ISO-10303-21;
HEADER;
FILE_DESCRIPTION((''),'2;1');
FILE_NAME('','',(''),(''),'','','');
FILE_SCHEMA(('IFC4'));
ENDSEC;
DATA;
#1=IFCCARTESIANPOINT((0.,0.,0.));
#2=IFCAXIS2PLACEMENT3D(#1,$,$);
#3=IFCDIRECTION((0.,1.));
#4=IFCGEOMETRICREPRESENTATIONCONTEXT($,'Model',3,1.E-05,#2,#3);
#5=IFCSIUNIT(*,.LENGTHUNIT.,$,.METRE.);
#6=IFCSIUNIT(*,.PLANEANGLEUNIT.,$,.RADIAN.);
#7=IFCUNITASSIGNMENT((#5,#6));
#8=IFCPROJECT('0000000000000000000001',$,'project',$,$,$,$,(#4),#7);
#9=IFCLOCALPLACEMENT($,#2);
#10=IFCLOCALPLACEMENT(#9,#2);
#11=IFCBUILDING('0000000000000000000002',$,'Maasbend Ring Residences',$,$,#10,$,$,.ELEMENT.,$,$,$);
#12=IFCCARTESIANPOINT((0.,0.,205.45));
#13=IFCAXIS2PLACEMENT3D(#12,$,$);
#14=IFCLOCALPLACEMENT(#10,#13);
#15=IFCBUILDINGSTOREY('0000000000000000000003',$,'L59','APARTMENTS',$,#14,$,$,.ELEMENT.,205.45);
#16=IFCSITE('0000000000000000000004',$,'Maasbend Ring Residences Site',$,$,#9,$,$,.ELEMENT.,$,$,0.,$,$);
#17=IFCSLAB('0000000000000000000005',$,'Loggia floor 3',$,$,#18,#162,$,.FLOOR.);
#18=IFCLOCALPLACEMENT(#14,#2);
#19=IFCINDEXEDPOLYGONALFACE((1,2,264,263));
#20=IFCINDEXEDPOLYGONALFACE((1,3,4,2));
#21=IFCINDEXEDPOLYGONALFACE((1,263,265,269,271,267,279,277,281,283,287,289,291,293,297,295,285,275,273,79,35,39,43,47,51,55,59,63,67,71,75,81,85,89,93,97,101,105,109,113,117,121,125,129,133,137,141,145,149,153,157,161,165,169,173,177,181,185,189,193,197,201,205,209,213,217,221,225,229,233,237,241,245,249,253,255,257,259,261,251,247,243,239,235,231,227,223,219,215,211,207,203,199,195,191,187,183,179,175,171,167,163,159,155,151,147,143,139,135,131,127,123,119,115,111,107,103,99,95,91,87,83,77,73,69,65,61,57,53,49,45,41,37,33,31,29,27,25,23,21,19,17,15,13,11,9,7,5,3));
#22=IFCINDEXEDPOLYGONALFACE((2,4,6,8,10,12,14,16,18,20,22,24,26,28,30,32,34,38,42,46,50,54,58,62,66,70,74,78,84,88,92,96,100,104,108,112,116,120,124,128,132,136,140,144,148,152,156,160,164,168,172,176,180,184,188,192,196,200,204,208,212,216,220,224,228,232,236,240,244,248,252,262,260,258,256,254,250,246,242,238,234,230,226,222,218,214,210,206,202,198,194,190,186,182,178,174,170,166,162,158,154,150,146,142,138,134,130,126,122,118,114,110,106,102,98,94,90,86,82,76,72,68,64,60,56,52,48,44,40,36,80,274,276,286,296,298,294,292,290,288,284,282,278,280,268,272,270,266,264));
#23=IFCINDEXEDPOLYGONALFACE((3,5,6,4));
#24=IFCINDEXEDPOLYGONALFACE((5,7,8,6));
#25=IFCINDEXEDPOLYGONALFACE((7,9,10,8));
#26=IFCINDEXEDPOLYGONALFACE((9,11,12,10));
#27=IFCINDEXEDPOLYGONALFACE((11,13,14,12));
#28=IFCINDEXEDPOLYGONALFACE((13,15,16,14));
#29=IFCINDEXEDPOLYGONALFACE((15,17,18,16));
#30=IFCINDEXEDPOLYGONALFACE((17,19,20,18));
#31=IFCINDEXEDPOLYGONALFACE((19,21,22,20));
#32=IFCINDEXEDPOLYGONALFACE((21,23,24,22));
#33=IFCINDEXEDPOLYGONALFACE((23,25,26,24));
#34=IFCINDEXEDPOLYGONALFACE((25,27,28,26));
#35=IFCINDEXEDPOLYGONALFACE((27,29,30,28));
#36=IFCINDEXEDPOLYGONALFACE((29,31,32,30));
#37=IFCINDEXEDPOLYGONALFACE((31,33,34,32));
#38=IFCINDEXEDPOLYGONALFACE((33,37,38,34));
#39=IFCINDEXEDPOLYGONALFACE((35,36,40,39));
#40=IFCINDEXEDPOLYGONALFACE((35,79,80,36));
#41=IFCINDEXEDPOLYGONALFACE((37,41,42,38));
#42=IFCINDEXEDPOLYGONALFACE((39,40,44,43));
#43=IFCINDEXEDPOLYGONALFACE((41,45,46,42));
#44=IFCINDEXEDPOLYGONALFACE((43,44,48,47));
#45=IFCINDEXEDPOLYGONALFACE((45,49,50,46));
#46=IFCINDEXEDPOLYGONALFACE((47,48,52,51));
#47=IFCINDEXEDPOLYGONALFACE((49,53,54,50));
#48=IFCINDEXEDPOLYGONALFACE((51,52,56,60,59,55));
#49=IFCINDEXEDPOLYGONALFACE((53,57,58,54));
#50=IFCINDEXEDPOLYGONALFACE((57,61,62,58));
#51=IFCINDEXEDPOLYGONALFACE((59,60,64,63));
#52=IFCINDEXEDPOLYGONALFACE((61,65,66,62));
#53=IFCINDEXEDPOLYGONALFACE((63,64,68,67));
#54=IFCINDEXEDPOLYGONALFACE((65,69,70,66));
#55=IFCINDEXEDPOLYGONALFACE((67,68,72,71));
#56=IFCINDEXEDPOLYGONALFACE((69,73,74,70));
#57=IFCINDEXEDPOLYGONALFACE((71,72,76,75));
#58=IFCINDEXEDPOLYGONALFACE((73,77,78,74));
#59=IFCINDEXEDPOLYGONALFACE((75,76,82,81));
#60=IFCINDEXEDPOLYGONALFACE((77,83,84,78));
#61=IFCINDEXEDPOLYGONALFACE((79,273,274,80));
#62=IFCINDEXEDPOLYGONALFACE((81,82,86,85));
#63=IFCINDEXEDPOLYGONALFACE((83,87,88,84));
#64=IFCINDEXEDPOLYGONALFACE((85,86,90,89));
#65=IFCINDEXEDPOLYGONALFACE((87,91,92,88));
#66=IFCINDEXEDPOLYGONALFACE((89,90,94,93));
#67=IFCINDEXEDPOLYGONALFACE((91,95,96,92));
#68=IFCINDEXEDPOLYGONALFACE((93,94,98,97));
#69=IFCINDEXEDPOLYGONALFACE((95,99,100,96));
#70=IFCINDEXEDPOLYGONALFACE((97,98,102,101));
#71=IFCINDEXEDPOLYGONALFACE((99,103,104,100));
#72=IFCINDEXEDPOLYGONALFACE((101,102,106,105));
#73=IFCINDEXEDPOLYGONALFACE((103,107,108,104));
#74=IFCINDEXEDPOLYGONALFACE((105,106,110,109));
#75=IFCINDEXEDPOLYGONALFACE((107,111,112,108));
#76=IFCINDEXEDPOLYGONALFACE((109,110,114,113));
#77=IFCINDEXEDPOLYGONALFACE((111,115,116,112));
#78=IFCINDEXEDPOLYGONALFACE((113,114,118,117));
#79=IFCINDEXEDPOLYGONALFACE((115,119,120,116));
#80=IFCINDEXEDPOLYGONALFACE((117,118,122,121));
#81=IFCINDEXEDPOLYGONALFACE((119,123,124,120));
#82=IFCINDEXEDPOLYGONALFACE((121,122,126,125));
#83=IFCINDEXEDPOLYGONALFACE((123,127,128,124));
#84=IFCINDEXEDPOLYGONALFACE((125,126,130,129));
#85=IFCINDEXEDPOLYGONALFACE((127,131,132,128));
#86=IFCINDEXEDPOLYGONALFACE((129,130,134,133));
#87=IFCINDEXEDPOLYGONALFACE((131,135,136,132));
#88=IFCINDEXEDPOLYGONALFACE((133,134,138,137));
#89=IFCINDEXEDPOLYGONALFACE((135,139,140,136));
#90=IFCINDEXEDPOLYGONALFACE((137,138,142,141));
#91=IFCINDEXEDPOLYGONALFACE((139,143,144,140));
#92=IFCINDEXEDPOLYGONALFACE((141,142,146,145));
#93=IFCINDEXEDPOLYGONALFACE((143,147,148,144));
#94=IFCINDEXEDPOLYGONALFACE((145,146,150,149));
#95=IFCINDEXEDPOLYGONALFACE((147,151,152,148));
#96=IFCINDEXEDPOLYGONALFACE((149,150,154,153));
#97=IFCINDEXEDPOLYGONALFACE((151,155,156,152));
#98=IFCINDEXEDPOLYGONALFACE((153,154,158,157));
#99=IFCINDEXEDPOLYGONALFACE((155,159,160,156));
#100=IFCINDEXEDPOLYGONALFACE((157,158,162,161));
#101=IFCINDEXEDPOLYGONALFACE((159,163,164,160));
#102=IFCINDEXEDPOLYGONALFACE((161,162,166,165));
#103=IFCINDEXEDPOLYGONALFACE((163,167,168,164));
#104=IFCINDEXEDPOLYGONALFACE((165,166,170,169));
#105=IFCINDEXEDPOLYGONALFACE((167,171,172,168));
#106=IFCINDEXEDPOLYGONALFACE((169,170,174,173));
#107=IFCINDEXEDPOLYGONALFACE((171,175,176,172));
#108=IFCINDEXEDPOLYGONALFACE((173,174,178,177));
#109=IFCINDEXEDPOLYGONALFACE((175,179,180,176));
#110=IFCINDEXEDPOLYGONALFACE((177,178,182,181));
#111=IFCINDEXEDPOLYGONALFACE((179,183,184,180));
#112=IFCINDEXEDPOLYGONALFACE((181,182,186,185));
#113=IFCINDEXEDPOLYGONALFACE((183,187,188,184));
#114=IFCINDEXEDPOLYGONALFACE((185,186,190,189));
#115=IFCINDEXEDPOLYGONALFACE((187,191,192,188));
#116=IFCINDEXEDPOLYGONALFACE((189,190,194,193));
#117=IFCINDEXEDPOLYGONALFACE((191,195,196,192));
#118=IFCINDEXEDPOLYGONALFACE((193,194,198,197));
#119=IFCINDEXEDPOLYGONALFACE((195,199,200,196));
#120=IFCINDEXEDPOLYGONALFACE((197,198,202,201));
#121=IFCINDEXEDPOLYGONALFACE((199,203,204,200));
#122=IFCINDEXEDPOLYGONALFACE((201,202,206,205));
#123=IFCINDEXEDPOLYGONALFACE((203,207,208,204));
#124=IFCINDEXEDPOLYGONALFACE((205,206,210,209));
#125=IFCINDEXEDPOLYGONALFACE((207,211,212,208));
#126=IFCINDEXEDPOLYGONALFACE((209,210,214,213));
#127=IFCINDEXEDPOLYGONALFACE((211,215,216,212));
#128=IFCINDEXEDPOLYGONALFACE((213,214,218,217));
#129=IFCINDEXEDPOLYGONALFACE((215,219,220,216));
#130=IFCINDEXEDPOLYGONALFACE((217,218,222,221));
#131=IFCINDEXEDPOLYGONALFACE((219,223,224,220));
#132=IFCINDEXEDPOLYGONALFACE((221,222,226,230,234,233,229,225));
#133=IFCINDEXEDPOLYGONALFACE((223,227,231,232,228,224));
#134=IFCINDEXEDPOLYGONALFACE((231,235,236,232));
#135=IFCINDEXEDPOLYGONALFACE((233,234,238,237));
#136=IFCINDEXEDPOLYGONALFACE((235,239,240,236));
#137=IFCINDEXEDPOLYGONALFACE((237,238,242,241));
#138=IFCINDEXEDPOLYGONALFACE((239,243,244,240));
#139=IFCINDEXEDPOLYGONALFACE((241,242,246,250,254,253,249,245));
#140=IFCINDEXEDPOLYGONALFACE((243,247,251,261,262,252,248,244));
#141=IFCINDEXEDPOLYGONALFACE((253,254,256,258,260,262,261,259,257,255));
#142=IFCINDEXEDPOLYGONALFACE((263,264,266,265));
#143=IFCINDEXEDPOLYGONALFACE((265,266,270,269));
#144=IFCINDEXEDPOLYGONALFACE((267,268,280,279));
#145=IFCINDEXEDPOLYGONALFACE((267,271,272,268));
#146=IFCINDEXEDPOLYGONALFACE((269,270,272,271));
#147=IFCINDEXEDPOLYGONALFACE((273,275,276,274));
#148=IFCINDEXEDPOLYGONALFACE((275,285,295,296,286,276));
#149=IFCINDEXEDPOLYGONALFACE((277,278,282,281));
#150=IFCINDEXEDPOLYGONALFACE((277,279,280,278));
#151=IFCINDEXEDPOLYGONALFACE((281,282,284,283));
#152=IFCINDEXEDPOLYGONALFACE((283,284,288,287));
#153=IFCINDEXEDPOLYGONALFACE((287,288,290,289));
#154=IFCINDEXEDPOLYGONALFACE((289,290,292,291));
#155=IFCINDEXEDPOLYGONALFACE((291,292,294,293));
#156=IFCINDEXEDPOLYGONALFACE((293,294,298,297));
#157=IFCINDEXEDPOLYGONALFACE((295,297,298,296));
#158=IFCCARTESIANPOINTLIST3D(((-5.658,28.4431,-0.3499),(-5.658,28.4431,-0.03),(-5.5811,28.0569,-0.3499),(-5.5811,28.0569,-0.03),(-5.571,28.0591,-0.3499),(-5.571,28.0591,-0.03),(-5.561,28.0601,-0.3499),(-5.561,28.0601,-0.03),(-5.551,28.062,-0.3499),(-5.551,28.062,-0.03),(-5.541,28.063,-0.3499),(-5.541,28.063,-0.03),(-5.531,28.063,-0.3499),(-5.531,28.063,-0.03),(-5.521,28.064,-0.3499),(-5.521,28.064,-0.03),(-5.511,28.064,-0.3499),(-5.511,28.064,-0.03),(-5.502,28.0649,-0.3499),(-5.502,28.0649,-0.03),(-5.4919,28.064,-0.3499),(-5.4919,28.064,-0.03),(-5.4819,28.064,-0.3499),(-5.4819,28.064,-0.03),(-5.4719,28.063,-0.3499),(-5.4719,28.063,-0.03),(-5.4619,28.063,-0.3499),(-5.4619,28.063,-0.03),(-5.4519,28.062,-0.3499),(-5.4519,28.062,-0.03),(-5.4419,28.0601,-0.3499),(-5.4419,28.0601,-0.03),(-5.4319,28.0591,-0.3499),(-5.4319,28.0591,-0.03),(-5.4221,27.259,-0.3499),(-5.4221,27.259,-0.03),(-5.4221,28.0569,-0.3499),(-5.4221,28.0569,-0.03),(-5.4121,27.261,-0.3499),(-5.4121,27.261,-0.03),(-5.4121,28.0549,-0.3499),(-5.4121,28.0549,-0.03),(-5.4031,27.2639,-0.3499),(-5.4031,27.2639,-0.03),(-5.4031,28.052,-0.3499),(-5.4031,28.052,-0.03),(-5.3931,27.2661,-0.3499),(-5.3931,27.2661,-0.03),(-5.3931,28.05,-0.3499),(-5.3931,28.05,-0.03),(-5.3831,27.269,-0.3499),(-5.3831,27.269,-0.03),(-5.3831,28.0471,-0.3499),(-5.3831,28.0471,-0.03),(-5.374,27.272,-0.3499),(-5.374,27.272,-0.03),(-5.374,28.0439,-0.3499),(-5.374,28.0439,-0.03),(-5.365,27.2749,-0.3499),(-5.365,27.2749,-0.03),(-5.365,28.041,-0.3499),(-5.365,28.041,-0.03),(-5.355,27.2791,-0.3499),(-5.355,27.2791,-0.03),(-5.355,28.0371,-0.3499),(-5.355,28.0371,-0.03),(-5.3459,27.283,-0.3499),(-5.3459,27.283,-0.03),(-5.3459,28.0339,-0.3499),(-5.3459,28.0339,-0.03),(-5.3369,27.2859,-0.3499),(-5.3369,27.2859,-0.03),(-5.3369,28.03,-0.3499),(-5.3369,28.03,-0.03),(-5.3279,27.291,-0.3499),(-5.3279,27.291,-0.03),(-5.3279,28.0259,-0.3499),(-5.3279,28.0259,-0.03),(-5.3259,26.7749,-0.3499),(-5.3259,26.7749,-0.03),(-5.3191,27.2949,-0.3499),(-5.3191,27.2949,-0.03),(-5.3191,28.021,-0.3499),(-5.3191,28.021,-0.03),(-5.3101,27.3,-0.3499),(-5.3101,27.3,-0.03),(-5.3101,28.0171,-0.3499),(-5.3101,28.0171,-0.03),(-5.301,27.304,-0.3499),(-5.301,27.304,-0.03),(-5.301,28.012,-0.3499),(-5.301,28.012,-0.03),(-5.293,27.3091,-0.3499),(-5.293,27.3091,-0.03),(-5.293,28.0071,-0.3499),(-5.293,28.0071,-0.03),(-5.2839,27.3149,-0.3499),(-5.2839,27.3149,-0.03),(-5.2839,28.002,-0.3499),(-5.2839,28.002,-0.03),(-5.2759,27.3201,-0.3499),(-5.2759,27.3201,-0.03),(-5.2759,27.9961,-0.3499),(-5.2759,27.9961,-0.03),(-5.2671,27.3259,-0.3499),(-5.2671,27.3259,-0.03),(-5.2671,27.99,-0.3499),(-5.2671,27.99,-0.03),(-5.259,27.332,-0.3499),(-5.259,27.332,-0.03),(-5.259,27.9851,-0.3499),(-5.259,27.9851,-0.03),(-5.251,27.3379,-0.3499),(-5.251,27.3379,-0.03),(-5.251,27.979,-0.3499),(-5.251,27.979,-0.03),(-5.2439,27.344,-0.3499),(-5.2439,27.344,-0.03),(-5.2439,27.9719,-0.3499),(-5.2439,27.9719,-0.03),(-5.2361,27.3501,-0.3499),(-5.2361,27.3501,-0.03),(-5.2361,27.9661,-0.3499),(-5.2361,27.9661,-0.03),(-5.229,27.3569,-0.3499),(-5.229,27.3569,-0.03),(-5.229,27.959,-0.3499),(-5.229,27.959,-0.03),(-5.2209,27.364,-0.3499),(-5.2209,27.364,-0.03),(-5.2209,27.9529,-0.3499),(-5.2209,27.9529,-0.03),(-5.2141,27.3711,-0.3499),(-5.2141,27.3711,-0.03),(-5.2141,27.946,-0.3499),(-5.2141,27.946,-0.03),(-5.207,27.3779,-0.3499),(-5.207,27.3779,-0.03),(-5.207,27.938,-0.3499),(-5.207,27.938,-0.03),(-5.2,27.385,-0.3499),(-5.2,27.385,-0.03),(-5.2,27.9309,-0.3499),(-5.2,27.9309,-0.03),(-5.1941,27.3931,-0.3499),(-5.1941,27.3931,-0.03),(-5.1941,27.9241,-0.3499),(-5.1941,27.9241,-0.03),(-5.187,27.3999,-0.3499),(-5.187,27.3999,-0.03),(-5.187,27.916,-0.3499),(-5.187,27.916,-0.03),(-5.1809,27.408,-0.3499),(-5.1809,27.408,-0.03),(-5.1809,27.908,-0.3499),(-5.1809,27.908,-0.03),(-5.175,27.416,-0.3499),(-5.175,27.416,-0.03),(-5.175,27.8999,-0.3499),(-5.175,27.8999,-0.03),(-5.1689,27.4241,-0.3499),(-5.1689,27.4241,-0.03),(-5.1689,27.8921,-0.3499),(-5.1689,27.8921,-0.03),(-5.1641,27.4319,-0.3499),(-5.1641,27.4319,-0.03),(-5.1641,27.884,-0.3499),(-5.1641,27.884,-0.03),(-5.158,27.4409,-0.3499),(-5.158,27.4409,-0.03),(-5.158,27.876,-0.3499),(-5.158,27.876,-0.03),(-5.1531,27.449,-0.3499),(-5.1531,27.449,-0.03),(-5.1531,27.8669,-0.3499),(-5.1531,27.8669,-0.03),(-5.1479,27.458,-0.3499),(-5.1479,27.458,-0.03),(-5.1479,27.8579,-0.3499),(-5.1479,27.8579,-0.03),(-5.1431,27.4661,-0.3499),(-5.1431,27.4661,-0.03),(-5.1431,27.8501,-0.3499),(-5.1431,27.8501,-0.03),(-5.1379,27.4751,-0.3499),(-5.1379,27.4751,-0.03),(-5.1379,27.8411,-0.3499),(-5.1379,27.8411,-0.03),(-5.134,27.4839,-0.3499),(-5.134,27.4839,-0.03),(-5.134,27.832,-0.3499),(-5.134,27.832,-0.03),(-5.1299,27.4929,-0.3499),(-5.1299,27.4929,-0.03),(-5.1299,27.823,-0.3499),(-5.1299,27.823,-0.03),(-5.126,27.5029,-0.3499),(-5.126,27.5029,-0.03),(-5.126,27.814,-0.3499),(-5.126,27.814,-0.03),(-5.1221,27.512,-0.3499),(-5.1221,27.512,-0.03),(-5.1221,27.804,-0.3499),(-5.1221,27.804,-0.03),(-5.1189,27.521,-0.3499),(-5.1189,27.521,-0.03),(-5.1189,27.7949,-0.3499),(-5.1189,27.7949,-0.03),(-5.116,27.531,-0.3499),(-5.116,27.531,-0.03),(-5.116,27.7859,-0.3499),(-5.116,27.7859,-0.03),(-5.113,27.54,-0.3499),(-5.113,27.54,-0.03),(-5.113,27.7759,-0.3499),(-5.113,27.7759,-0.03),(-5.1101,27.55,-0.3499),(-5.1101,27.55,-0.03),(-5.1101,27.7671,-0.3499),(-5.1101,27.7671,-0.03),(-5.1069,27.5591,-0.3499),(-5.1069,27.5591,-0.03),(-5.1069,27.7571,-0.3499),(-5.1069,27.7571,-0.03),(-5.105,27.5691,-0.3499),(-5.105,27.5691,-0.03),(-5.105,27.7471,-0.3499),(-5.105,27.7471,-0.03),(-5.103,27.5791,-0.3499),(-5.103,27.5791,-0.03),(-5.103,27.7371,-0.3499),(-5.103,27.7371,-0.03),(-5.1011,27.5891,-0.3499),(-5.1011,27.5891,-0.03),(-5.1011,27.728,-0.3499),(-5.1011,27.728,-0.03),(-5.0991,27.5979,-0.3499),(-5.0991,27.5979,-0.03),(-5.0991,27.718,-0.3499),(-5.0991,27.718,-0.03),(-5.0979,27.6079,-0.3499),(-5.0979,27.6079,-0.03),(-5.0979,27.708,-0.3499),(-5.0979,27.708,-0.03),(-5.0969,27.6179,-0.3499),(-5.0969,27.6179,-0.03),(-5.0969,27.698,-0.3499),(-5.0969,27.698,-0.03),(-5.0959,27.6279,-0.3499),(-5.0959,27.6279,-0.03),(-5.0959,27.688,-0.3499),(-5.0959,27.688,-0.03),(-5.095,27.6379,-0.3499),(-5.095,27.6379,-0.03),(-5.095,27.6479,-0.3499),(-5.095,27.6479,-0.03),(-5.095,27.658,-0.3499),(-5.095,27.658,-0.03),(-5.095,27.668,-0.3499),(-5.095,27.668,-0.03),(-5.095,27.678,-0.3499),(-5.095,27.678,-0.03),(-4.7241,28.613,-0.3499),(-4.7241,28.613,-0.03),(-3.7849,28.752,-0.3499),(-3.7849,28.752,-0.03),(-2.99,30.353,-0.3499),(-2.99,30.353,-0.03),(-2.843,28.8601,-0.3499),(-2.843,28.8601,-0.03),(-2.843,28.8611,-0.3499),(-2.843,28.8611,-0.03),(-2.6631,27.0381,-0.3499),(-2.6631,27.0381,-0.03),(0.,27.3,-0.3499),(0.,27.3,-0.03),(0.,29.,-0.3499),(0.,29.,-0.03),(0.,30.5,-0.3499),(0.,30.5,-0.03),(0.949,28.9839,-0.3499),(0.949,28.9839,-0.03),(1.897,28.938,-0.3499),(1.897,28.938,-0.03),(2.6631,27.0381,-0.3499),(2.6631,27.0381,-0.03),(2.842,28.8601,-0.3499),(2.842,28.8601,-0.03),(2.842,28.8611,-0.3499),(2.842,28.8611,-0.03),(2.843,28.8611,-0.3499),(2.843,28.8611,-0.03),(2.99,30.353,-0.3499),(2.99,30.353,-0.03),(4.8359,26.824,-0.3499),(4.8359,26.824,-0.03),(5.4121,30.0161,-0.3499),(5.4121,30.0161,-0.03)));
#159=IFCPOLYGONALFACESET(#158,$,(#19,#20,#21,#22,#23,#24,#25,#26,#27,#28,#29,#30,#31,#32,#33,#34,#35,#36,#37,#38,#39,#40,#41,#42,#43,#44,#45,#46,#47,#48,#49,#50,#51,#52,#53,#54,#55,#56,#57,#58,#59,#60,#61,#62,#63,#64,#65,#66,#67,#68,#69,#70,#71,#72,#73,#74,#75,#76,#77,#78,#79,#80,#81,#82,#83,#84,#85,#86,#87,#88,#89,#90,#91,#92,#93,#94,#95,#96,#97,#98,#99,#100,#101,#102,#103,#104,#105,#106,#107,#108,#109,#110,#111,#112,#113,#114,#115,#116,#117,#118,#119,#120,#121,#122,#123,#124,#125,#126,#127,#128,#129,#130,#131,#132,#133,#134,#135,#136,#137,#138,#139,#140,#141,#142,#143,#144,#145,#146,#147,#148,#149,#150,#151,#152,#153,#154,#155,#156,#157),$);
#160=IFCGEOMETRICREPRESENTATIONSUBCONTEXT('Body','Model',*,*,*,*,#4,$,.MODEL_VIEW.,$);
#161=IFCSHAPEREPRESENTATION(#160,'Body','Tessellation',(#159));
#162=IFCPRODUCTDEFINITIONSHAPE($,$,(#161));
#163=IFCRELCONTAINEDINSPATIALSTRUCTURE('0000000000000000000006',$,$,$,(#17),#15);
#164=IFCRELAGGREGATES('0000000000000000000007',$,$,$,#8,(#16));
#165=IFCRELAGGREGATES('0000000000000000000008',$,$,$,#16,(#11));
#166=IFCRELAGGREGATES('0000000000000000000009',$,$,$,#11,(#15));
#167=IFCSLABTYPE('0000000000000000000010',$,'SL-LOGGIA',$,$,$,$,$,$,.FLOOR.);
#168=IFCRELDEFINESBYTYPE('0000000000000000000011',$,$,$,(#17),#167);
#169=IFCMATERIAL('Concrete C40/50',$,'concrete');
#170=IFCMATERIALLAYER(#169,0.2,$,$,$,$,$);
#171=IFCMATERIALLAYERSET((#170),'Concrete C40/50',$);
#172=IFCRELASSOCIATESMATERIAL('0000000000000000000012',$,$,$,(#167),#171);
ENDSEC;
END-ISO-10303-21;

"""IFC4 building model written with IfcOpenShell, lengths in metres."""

from ifc_helpers import new_model, si_unit, direction, frame, origin, place, context, subcontext, project, spatial, polyline, outline, extrude, material, layer, layer_set, type_object, element, save


model = new_model("IFC4")

# Units and contexts
model_context = context("Model", 3, precision=1e-05, world=origin(), true_north=direction((0.0, 1.0)))
body_context = subcontext(model_context, "Body", "Model", "MODEL_VIEW")
ifc_project = project(units=[si_unit("LENGTHUNIT", "METRE"), si_unit("PLANEANGLEUNIT", "RADIAN")], contexts=[model_context])

# Site, building, storey
site_placement = place(None, origin())
site = spatial("IfcSite", under=ifc_project, at=site_placement, Name="Maasbend Ring Residences Site", CompositionType="ELEMENT", RefElevation=0.0)
building_placement = place(site_placement, origin())
building = spatial("IfcBuilding", under=site, at=building_placement, Name="Maasbend Ring Residences", CompositionType="ELEMENT")
storey_placement = place(building_placement, frame((0.0, 0.0, 205.45)))
storey = spatial("IfcBuildingStorey", under=building, at=storey_placement, Name="L59", Description="APARTMENTS", CompositionType="ELEMENT", Elevation=205.45)

# Slab
ifc_material_1 = material(Name="Concrete C40/50", Category="concrete")
ifc_layer_1 = layer(ifc_material_1, 0.2)
ifc_layer_set_1 = layer_set([ifc_layer_1], Name="Concrete C40/50")
slab_type = type_object("IfcSlabType", Name="SL-LOGGIA", PredefinedType="FLOOR", material=ifc_layer_set_1)
slab_1_placement = place(storey_placement, frame((0.0, 0.0, -0.3499)))
element("IfcSlab", 1, at=slab_1_placement, inside=storey, type_object=slab_type, Name="Loggia floor 3", PredefinedType="FLOOR", context=body_context, shape_type="SweptSolid", body=[
    extrude(outline(polyline([(-3.7849, 28.752), (-2.843, 28.8601), (-2.843, 28.8601), (-2.843, 28.8601), (-2.843, 28.8601), (-2.843, 28.8601), (-2.843, 28.8601), (-2.843, 28.8601), (-2.843, 28.8601), (-2.843, 28.8601), (-2.843, 28.8611), (-2.843, 28.8611), (-2.843, 28.8611), (-2.843, 28.8611), (-2.843, 28.8611), (-2.843, 28.8611), (-2.843, 28.8611), (-2.843, 28.8611), (-2.99, 30.353), (-2.99, 30.353), (-2.99, 30.353), (0.0, 30.5), (0.0, 30.5), (0.0, 30.5), (0.0, 29.0), (0.0, 29.0), (0.0, 29.0), (0.0, 29.0), (0.0, 29.0), (0.0, 29.0), (0.0, 29.0), (0.0, 29.0), (0.0, 29.0), (0.0, 29.0), (0.0, 29.0), (0.0, 29.0), (0.0, 29.0), (0.0, 29.0), (0.0, 29.0), (0.0, 29.0), (0.0, 29.0), (0.949, 28.9839), (0.949, 28.9839), (1.897, 28.938), (1.897, 28.938), (2.842, 28.8601), (2.842, 28.8601), (2.842, 28.8601), (2.842, 28.8601), (2.842, 28.8601), (2.842, 28.8601), (2.842, 28.8601), (2.842, 28.8601), (2.842, 28.8611), (2.842, 28.8611), (2.842, 28.8611), (2.842, 28.8611), (2.842, 28.8611), (2.843, 28.8611), (2.843, 28.8611), (2.843, 28.8611), (2.843, 28.8611), (2.99, 30.353), (2.99, 30.353), (2.99, 30.353), (5.4121, 30.0161), (5.4121, 30.0161), (5.4121, 30.0161), (4.8359, 26.824), (4.8359, 26.824), (4.8359, 26.824), (2.6631, 27.0381), (0.0, 27.3), (0.0, 27.3), (0.0, 27.3), (-2.6631, 27.0381), (-5.3259, 26.7749), (-5.3259, 26.7749), (-5.3259, 26.7749), (-5.4221, 27.259), (-5.4221, 27.259), (-5.4121, 27.261), (-5.4031, 27.2639), (-5.3931, 27.2661), (-5.3831, 27.269), (-5.374, 27.272), (-5.365, 27.2749), (-5.355, 27.2791), (-5.3459, 27.283), (-5.3369, 27.2859), (-5.3279, 27.291), (-5.3191, 27.2949), (-5.3101, 27.3), (-5.301, 27.304), (-5.293, 27.3091), (-5.2839, 27.3149), (-5.2759, 27.3201), (-5.2671, 27.3259), (-5.259, 27.332), (-5.251, 27.3379), (-5.2439, 27.344), (-5.2361, 27.3501), (-5.229, 27.3569), (-5.2209, 27.364), (-5.2141, 27.3711), (-5.207, 27.3779), (-5.2, 27.385), (-5.1941, 27.3931), (-5.187, 27.3999), (-5.1809, 27.408), (-5.175, 27.416), (-5.1689, 27.4241), (-5.1641, 27.4319), (-5.158, 27.4409), (-5.1531, 27.449), (-5.1479, 27.458), (-5.1431, 27.4661), (-5.1379, 27.4751), (-5.134, 27.4839), (-5.1299, 27.4929), (-5.126, 27.5029), (-5.1221, 27.512), (-5.1189, 27.521), (-5.116, 27.531), (-5.113, 27.54), (-5.1101, 27.55), (-5.1069, 27.5591), (-5.105, 27.5691), (-5.103, 27.5791), (-5.1011, 27.5891), (-5.0991, 27.5979), (-5.0979, 27.6079), (-5.0969, 27.6179), (-5.0959, 27.6279), (-5.095, 27.6379), (-5.095, 27.6479), (-5.095, 27.658), (-5.095, 27.668), (-5.095, 27.678), (-5.0959, 27.688), (-5.0969, 27.698), (-5.0979, 27.708), (-5.0991, 27.718), (-5.1011, 27.728), (-5.103, 27.7371), (-5.105, 27.7471), (-5.1069, 27.7571), (-5.1101, 27.7671), (-5.113, 27.7759), (-5.116, 27.7859), (-5.1189, 27.7949), (-5.1221, 27.804), (-5.126, 27.814), (-5.1299, 27.823), (-5.134, 27.832), (-5.1379, 27.8411), (-5.1431, 27.8501), (-5.1479, 27.8579), (-5.1531, 27.8669), (-5.158, 27.876), (-5.1641, 27.884), (-5.1689, 27.8921), (-5.175, 27.8999), (-5.1809, 27.908), (-5.187, 27.916), (-5.1941, 27.9241), (-5.2, 27.9309), (-5.207, 27.938), (-5.2141, 27.946), (-5.2209, 27.9529), (-5.229, 27.959), (-5.2361, 27.9661), (-5.2439, 27.9719), (-5.251, 27.979), (-5.259, 27.9851), (-5.2671, 27.99), (-5.2759, 27.9961), (-5.2839, 28.002), (-5.293, 28.0071), (-5.301, 28.012), (-5.3101, 28.0171), (-5.3191, 28.021), (-5.3279, 28.0259), (-5.3369, 28.03), (-5.3459, 28.0339), (-5.355, 28.0371), (-5.365, 28.041), (-5.374, 28.0439), (-5.3831, 28.0471), (-5.3931, 28.05), (-5.4031, 28.052), (-5.4121, 28.0549), (-5.4221, 28.0569), (-5.4319, 28.0591), (-5.4419, 28.0601), (-5.4519, 28.062), (-5.4619, 28.063), (-5.4719, 28.063), (-5.4819, 28.064), (-5.4919, 28.064), (-5.502, 28.0649), (-5.511, 28.064), (-5.521, 28.064), (-5.531, 28.063), (-5.541, 28.063), (-5.551, 28.062), (-5.561, 28.0601), (-5.571, 28.0591), (-5.5811, 28.0569), (-5.5811, 28.0569), (-5.658, 28.4431), (-5.658, 28.4431), (-5.658, 28.4431), (-4.7241, 28.613), (-4.7241, 28.613), (-3.7849, 28.752), (-3.7849, 28.752)])), origin(), (0.0, 0.0, 1.0), 0.3198),
])

save(model, "model.ifc")
